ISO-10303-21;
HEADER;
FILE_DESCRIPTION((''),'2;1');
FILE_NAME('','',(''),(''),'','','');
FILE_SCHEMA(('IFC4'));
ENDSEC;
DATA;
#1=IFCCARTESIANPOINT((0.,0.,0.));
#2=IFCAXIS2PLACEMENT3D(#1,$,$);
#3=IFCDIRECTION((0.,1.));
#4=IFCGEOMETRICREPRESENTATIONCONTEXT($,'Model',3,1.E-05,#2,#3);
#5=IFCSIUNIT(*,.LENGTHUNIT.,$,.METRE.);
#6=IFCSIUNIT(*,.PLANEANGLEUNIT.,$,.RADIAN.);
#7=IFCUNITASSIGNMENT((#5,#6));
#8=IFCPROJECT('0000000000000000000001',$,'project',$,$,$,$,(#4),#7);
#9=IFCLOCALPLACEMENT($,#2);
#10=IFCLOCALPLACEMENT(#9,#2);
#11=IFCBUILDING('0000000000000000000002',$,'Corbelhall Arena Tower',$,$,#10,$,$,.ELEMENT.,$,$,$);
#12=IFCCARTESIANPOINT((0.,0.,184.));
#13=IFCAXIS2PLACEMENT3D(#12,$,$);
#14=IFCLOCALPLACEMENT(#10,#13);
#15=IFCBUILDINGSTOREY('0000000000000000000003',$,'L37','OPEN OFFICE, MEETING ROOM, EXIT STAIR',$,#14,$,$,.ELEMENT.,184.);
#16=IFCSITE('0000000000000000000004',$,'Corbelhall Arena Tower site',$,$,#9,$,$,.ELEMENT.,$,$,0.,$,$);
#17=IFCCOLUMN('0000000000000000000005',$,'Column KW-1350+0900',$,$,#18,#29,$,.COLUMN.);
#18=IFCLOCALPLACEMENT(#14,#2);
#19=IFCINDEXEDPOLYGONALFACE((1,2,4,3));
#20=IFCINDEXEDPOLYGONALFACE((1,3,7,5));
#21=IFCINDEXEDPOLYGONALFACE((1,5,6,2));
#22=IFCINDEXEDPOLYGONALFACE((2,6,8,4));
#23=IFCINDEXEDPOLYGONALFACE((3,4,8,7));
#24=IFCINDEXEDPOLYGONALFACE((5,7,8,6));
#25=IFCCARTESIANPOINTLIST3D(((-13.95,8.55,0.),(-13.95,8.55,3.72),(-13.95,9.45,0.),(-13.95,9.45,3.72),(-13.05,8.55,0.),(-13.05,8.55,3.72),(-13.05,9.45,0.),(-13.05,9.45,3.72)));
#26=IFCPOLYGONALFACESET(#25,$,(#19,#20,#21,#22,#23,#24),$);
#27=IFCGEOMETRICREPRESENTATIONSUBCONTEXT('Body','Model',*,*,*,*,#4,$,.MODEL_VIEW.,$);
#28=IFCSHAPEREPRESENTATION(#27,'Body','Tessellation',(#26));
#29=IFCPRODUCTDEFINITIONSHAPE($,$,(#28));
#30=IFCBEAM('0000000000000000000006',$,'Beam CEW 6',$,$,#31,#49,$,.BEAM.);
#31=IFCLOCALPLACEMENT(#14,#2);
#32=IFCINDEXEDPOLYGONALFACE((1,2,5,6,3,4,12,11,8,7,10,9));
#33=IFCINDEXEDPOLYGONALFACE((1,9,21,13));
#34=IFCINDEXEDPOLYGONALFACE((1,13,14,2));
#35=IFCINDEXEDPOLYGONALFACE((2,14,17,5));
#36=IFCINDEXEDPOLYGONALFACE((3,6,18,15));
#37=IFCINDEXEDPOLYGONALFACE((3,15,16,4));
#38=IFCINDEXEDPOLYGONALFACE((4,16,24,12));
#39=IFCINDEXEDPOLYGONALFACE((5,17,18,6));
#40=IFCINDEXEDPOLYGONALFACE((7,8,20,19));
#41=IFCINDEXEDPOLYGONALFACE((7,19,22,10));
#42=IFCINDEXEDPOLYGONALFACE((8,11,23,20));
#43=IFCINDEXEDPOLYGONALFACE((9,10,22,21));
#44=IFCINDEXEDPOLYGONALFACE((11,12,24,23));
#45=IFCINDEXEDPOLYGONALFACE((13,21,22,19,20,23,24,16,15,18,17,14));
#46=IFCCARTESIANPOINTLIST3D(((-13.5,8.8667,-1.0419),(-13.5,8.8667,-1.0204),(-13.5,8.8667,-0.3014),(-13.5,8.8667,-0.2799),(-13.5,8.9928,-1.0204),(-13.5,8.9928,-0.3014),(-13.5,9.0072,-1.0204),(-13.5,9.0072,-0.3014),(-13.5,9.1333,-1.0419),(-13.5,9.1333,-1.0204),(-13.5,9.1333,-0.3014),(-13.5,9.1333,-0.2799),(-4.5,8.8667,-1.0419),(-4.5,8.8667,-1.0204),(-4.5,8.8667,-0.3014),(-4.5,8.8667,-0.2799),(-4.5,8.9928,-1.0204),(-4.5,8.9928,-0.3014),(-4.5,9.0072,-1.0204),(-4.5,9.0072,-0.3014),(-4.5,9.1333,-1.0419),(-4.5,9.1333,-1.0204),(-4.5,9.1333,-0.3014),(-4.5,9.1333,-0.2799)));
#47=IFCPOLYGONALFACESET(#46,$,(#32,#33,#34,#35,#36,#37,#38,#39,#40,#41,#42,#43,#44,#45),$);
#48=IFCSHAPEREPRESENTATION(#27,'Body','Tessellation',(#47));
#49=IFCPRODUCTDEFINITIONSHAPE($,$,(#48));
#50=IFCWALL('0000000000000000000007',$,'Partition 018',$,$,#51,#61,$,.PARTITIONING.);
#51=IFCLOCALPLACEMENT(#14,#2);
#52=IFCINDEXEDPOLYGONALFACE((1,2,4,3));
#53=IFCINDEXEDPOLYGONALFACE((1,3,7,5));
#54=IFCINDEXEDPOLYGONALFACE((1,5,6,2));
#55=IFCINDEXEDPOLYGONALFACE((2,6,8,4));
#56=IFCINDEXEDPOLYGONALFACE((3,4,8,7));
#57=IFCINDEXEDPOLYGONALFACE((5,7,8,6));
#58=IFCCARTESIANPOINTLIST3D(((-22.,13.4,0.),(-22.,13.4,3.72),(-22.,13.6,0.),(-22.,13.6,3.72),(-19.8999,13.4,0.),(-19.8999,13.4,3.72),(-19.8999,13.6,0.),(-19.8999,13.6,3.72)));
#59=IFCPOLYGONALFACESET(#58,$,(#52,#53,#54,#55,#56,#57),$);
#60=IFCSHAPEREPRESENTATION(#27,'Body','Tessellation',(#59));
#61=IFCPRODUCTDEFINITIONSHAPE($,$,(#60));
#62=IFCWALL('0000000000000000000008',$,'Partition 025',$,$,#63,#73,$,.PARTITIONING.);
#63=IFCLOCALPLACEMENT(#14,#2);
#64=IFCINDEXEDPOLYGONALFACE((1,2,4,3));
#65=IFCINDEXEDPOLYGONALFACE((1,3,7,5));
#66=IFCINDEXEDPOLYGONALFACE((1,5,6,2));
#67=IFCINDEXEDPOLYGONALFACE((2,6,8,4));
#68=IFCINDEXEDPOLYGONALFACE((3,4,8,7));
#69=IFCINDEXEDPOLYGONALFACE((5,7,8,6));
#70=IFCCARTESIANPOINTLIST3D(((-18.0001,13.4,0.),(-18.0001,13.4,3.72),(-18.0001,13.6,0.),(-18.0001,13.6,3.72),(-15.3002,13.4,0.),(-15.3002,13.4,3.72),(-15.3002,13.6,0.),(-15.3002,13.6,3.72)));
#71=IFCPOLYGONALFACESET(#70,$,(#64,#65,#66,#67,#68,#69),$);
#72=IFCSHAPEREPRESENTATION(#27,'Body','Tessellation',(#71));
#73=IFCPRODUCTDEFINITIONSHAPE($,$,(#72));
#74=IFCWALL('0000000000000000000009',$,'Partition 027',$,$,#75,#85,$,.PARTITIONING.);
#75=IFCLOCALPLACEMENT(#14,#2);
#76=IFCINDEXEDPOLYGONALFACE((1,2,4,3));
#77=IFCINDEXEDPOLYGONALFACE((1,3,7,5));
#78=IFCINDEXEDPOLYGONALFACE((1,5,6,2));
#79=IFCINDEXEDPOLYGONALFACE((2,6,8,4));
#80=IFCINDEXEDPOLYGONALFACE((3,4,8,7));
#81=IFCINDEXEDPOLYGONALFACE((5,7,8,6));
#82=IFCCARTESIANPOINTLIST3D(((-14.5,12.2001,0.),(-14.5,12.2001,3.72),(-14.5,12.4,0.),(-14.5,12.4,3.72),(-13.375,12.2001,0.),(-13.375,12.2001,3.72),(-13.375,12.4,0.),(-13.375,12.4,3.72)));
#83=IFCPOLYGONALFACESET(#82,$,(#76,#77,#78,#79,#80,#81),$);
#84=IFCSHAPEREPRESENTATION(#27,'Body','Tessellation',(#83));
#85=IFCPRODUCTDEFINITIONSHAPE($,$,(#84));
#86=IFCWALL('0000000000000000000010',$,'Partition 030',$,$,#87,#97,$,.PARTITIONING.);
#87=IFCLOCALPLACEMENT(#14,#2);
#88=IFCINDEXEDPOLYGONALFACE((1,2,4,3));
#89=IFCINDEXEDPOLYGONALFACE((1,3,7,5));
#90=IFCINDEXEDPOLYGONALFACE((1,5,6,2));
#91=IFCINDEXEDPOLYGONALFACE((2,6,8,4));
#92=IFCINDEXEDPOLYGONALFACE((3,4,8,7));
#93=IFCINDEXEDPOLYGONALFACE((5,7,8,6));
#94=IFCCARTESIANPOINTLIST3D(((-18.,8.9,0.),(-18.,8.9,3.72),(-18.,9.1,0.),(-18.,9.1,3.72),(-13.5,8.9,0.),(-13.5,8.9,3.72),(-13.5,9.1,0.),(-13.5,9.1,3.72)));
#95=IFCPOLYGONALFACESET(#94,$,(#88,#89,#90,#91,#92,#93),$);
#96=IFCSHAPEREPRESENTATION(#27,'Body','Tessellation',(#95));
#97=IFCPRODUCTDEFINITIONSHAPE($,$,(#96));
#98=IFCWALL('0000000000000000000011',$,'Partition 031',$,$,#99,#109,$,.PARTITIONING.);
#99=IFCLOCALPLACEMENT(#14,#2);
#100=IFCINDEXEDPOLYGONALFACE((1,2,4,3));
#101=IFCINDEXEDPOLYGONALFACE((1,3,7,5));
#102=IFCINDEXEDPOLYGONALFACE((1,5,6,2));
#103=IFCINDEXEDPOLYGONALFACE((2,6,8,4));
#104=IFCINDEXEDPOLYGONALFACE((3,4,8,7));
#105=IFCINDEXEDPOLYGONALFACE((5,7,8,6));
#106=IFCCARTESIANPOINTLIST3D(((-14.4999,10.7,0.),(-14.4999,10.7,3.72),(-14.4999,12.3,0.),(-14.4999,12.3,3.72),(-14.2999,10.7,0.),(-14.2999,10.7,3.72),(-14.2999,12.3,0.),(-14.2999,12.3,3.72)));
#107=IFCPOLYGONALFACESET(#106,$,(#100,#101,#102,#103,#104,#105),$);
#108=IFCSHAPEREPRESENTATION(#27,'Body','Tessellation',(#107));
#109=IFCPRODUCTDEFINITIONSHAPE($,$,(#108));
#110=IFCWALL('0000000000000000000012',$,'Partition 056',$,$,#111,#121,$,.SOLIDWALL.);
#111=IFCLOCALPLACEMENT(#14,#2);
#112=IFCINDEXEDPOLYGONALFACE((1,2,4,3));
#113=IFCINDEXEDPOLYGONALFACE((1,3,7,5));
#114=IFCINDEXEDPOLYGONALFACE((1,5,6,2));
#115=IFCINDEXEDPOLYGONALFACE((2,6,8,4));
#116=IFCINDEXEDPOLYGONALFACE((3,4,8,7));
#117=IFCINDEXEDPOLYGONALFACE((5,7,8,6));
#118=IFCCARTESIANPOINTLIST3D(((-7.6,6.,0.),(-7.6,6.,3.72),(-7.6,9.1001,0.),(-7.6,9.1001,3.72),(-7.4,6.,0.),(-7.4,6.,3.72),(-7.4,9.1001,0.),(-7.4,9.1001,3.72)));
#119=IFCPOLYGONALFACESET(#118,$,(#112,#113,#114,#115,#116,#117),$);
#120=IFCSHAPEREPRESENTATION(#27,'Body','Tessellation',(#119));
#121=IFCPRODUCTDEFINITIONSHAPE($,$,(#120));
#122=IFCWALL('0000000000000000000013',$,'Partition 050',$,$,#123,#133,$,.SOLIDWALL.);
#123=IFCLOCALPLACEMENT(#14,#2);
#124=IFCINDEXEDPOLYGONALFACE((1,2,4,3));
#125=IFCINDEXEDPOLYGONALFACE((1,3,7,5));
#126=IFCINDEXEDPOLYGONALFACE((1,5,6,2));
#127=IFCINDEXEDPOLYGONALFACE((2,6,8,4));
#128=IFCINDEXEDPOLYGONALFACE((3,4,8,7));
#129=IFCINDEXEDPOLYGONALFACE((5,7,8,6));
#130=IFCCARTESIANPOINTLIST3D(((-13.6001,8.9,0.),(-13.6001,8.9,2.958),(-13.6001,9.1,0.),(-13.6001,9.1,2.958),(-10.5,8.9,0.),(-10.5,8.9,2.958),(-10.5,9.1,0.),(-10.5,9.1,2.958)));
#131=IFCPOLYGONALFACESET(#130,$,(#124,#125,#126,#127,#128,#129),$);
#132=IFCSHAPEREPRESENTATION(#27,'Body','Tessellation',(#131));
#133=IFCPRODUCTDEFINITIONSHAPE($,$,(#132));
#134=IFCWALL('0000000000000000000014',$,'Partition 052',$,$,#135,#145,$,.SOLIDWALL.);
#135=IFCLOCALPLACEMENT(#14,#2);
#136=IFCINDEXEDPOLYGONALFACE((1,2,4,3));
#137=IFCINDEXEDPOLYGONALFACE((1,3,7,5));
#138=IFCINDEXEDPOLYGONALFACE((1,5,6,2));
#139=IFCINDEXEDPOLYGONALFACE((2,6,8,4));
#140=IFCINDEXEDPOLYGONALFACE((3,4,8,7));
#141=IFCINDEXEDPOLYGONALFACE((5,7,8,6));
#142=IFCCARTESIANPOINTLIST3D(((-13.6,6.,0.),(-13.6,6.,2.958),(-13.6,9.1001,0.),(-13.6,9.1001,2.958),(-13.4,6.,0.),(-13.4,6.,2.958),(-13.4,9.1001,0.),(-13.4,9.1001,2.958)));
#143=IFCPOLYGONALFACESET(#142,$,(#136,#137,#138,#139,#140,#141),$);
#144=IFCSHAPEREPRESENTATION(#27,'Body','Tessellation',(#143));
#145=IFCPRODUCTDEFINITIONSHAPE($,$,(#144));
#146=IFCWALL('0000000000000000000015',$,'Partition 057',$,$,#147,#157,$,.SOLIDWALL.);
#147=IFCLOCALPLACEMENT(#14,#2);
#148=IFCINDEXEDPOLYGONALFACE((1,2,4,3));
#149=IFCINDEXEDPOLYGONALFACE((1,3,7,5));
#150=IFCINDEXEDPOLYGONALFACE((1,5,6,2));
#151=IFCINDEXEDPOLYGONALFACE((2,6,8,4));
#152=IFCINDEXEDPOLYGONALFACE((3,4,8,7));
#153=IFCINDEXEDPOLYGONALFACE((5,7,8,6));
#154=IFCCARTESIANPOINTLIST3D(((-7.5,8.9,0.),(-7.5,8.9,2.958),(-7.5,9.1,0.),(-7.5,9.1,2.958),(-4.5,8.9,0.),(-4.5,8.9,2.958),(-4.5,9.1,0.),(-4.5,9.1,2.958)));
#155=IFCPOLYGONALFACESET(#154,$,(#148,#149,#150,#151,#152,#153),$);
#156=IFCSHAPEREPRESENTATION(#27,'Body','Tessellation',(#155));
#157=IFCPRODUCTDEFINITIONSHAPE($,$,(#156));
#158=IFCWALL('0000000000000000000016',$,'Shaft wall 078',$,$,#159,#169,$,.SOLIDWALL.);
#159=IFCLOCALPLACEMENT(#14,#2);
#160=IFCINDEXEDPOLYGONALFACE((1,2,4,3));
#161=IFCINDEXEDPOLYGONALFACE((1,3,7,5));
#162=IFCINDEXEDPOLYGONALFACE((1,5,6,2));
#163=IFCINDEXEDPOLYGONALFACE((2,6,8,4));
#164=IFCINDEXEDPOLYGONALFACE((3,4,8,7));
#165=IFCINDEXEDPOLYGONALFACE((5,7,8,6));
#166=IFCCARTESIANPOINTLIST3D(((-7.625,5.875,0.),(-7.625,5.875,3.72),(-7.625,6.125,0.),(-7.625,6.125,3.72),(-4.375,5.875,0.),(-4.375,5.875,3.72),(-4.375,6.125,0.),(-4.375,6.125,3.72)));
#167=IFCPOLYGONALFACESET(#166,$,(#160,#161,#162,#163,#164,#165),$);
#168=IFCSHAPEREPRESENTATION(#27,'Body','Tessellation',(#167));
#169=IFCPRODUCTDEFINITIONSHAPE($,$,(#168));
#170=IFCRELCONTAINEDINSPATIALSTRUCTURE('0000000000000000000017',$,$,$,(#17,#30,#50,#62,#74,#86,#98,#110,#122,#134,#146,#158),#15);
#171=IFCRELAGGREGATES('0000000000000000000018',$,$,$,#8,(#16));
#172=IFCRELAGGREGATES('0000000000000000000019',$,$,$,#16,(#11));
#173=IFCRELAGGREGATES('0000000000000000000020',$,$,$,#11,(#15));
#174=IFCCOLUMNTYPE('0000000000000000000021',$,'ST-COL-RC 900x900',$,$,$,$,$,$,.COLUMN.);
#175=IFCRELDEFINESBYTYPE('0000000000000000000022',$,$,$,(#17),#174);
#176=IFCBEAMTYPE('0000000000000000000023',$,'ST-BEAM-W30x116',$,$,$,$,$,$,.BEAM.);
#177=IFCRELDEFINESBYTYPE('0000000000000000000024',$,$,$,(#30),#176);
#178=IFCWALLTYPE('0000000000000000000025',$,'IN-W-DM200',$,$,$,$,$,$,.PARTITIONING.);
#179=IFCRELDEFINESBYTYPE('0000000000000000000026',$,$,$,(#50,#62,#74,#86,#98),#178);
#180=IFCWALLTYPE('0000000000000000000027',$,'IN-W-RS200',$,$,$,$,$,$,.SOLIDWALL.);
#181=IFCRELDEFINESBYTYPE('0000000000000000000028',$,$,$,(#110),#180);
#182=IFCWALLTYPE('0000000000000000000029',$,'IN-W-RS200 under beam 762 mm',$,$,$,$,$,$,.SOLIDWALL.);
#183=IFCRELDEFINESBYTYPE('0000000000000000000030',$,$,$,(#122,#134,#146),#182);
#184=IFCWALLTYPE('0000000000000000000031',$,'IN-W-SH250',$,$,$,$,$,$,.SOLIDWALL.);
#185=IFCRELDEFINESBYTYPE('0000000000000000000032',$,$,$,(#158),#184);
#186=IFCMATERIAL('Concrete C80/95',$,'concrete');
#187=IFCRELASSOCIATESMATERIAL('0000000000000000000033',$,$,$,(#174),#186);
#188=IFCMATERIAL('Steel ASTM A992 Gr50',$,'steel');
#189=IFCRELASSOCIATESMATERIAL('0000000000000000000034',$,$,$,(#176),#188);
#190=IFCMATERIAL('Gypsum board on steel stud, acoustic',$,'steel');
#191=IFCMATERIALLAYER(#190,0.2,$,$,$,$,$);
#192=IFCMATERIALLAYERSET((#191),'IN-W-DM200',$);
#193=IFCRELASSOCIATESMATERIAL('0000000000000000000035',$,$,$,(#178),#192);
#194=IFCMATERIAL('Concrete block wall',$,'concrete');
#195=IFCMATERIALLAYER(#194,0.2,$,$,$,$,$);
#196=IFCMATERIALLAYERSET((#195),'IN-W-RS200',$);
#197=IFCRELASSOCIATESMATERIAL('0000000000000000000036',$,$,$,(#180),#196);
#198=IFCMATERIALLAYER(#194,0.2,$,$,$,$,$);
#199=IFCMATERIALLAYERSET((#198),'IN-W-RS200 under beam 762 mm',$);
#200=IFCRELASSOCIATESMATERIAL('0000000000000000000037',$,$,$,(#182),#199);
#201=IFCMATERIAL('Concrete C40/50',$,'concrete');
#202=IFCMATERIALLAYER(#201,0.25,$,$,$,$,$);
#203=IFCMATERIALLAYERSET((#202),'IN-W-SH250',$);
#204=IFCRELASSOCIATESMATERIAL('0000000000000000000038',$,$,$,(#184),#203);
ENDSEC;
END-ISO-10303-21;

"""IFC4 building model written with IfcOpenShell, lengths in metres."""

from ifc_helpers import new_model, si_unit, direction, frame, frame_2d, origin, origin_2d, place, context, subcontext, project, spatial, rectangle, i_section, extrude, material, layer, layer_set, material_profile, profile_set, type_object, element, save


model = new_model("IFC4")

# Units and contexts
model_context = context("Model", 3, precision=1e-05, world=origin(), true_north=direction((0.0, 1.0)))
body_context = subcontext(model_context, "Body", "Model", "MODEL_VIEW")
ifc_project = project(units=[si_unit("LENGTHUNIT", "METRE"), si_unit("PLANEANGLEUNIT", "RADIAN")], contexts=[model_context])

# Site, building, storey
site_placement = place(None, origin())
site = spatial("IfcSite", under=ifc_project, at=site_placement, Name="Corbelhall Arena Tower site", CompositionType="ELEMENT", RefElevation=0.0)
building_placement = place(site_placement, origin())
building = spatial("IfcBuilding", under=site, at=building_placement, Name="Corbelhall Arena Tower", CompositionType="ELEMENT")
storey_placement = place(building_placement, frame((0.0, 0.0, 184.0)))
storey = spatial("IfcBuildingStorey", under=building, at=storey_placement, Name="L37", Description="OPEN OFFICE, MEETING ROOM, EXIT STAIR", CompositionType="ELEMENT", Elevation=184.0)

# Column
ifc_material_1 = material(Name="Concrete C80/95", Category="concrete")
ifc_material_profile_1 = material_profile(ifc_material_1, rectangle(XDim=0.8999, YDim=0.8999, at=origin_2d()))
ifc_profile_set_1 = profile_set([ifc_material_profile_1], Name="Concrete C80/95")
column_type = type_object("IfcColumnType", Name="ST-COL-RC 900x900", PredefinedType="COLUMN", material=ifc_profile_set_1)
column_placement = place(storey_placement, frame((-13.5, 9.0, 0.0), z_axis=(0.0, 0.0, 1.0), x_axis=(1.0, 0.0, 0.0)))
element("IfcColumn", 1, at=column_placement, inside=storey, type_object=column_type, Name="Column KW-1350+0900", PredefinedType="COLUMN", context=body_context, shape_type="SweptSolid", body=[
    extrude(rectangle(XDim=0.8999, YDim=0.8999, at=origin_2d()), origin(), (0.0, 0.0, 1.0), 3.72),
])

# Beam
ifc_material_2 = material(Name="Steel ASTM A992 Gr50", Category="steel")
ifc_material_profile_2 = material_profile(ifc_material_2, i_section(OverallWidth=0.2666, OverallDepth=0.762, WebThickness=0.0144, FlangeThickness=0.0215, at=origin_2d()))
ifc_profile_set_2 = profile_set([ifc_material_profile_2], Name="Steel ASTM A992 Gr50")
beam_type = type_object("IfcBeamType", Name="ST-BEAM-W30x116", PredefinedType="BEAM", material=ifc_profile_set_2)
beam_placement = place(storey_placement, frame((-13.5, 9.0, -0.6609), z_axis=(1.0, 0.0, 0.0), x_axis=(0.0, 1.0, 0.0)))
element("IfcBeam", 2, at=beam_placement, inside=storey, type_object=beam_type, Name="Beam CEW 6", PredefinedType="BEAM", context=body_context, shape_type="SweptSolid", body=[
    extrude(i_section(OverallWidth=0.2666, OverallDepth=0.762, WebThickness=0.0144, FlangeThickness=0.0215, at=origin_2d()), origin(), (0.0, 0.0, 1.0), 9.0),
])

# Shared definitions
ifc_material_3 = material(Name="Gypsum board on steel stud, acoustic", Category="steel")
ifc_layer_1 = layer(ifc_material_3, 0.2)
ifc_layer_set_1 = layer_set([ifc_layer_1], Name="IN-W-DM200")
wall_type_1 = type_object("IfcWallType", Name="IN-W-DM200", PredefinedType="PARTITIONING", material=ifc_layer_set_1)

# Wall
wall_1_placement = place(storey_placement, frame((-19.8999, 13.5, 0.0), z_axis=(0.0, 0.0, 1.0), x_axis=(-1.0, 0.0, 0.0)))
element("IfcWall", 3, at=wall_1_placement, inside=storey, type_object=wall_type_1, Name="Partition 018", PredefinedType="PARTITIONING", context=body_context, shape_type="SweptSolid", body=[
    extrude(rectangle(XDim=2.1001, YDim=0.2, at=frame_2d((1.05, 0.0))), origin(), (0.0, 0.0, 1.0), 3.72),
])

# Walls
wall_2_placement = place(storey_placement, frame((-15.3, 13.5, 0.0), z_axis=(0.0, 0.0, 1.0), x_axis=(-1.0, 0.0, 0.0)))
element("IfcWall", 4, at=wall_2_placement, inside=storey, type_object=wall_type_1, Name="Partition 025", PredefinedType="PARTITIONING", context=body_context, shape_type="SweptSolid", body=[
    extrude(rectangle(XDim=2.7, YDim=0.2, at=frame_2d((1.3501, 0.0))), origin(), (0.0, 0.0, 1.0), 3.72),
])
wall_3_placement = place(storey_placement, frame((-14.5, 12.3, 0.0), z_axis=(0.0, 0.0, 1.0), x_axis=(1.0, 0.0, 0.0)))
element("IfcWall", 5, at=wall_3_placement, inside=storey, type_object=wall_type_1, Name="Partition 027", PredefinedType="PARTITIONING", context=body_context, shape_type="SweptSolid", body=[
    extrude(rectangle(XDim=1.125, YDim=0.2, at=frame_2d((0.5625, 0.0))), origin(), (0.0, 0.0, 1.0), 3.72),
])
wall_4_placement = place(storey_placement, frame((-13.5, 9.0, 0.0), z_axis=(0.0, 0.0, 1.0), x_axis=(-1.0, 0.0, 0.0)))
element("IfcWall", 6, at=wall_4_placement, inside=storey, type_object=wall_type_1, Name="Partition 030", PredefinedType="PARTITIONING", context=body_context, shape_type="SweptSolid", body=[
    extrude(rectangle(XDim=4.5, YDim=0.2, at=frame_2d((2.25, 0.0))), origin(), (0.0, 0.0, 1.0), 3.72),
])
wall_5_placement = place(storey_placement, frame((-14.3999, 10.7, 0.0), z_axis=(0.0, 0.0, 1.0), x_axis=(0.0, 1.0, 0.0)))
element("IfcWall", 7, at=wall_5_placement, inside=storey, type_object=wall_type_1, Name="Partition 031", PredefinedType="PARTITIONING", context=body_context, shape_type="SweptSolid", body=[
    extrude(rectangle(XDim=1.6001, YDim=0.2, at=frame_2d((0.8, 0.0))), origin(), (0.0, 0.0, 1.0), 3.72),
])

# Shared definitions
ifc_material_4 = material(Name="Concrete block wall", Category="concrete")
ifc_layer_2 = layer(ifc_material_4, 0.2)
ifc_layer_set_2 = layer_set([ifc_layer_2], Name="IN-W-RS200")
wall_type_2 = type_object("IfcWallType", Name="IN-W-RS200", PredefinedType="SOLIDWALL", material=ifc_layer_set_2)

# Walls
wall_6_placement = place(storey_placement, frame((-7.5, 6.0, 0.0), z_axis=(0.0, 0.0, 1.0), x_axis=(0.0, 1.0, 0.0)))
element("IfcWall", 8, at=wall_6_placement, inside=storey, type_object=wall_type_2, Name="Partition 056", PredefinedType="SOLIDWALL", context=body_context, shape_type="SweptSolid", body=[
    extrude(rectangle(XDim=3.1001, YDim=0.2, at=frame_2d((1.55, 0.0))), origin(), (0.0, 0.0, 1.0), 3.72),
])
ifc_layer_3 = layer(ifc_material_4, 0.2)
ifc_layer_set_3 = layer_set([ifc_layer_3], Name="IN-W-RS200 under beam 762 mm")
wall_type_3 = type_object("IfcWallType", Name="IN-W-RS200 under beam 762 mm", PredefinedType="SOLIDWALL", material=ifc_layer_set_3)
for number, where, z_axis, x_axis, name in (
    (9, (-13.6001, 9.0, 0.0), (0.0, 0.0, 1.0), (1.0, 0.0, 0.0), "Partition 050"),
    (10, (-13.5, 6.0, 0.0), (0.0, 0.0, 1.0), (0.0, 1.0, 0.0), "Partition 052"),
):
    element("IfcWall", number, at=place(storey_placement, frame(where, z_axis=z_axis, x_axis=x_axis)), inside=storey, type_object=wall_type_3, Name=name, PredefinedType="SOLIDWALL", context=body_context, shape_type="SweptSolid", body=[
        extrude(rectangle(XDim=3.1001, YDim=0.2, at=frame_2d((1.55, 0.0))), origin(), (0.0, 0.0, 1.0), 2.958),
    ])
wall_7_placement = place(storey_placement, frame((-7.5, 9.0, 0.0), z_axis=(0.0, 0.0, 1.0), x_axis=(1.0, 0.0, 0.0)))
element("IfcWall", 11, at=wall_7_placement, inside=storey, type_object=wall_type_3, Name="Partition 057", PredefinedType="SOLIDWALL", context=body_context, shape_type="SweptSolid", body=[
    extrude(rectangle(XDim=3.0, YDim=0.2, at=frame_2d((1.5, 0.0))), origin(), (0.0, 0.0, 1.0), 2.958),
])
ifc_material_5 = material(Name="Concrete C40/50", Category="concrete")
ifc_layer_4 = layer(ifc_material_5, 0.25)
ifc_layer_set_4 = layer_set([ifc_layer_4], Name="IN-W-SH250")
wall_type_4 = type_object("IfcWallType", Name="IN-W-SH250", PredefinedType="SOLIDWALL", material=ifc_layer_set_4)
wall_8_placement = place(storey_placement, frame((-7.625, 6.0, 0.0), z_axis=(0.0, 0.0, 1.0), x_axis=(1.0, 0.0, 0.0)))
element("IfcWall", 12, at=wall_8_placement, inside=storey, type_object=wall_type_4, Name="Shaft wall 078", PredefinedType="SOLIDWALL", context=body_context, shape_type="SweptSolid", body=[
    extrude(rectangle(XDim=3.25, YDim=0.25, at=frame_2d((1.625, 0.0))), origin(), (0.0, 0.0, 1.0), 3.72),
])

save(model, "model.ifc")
